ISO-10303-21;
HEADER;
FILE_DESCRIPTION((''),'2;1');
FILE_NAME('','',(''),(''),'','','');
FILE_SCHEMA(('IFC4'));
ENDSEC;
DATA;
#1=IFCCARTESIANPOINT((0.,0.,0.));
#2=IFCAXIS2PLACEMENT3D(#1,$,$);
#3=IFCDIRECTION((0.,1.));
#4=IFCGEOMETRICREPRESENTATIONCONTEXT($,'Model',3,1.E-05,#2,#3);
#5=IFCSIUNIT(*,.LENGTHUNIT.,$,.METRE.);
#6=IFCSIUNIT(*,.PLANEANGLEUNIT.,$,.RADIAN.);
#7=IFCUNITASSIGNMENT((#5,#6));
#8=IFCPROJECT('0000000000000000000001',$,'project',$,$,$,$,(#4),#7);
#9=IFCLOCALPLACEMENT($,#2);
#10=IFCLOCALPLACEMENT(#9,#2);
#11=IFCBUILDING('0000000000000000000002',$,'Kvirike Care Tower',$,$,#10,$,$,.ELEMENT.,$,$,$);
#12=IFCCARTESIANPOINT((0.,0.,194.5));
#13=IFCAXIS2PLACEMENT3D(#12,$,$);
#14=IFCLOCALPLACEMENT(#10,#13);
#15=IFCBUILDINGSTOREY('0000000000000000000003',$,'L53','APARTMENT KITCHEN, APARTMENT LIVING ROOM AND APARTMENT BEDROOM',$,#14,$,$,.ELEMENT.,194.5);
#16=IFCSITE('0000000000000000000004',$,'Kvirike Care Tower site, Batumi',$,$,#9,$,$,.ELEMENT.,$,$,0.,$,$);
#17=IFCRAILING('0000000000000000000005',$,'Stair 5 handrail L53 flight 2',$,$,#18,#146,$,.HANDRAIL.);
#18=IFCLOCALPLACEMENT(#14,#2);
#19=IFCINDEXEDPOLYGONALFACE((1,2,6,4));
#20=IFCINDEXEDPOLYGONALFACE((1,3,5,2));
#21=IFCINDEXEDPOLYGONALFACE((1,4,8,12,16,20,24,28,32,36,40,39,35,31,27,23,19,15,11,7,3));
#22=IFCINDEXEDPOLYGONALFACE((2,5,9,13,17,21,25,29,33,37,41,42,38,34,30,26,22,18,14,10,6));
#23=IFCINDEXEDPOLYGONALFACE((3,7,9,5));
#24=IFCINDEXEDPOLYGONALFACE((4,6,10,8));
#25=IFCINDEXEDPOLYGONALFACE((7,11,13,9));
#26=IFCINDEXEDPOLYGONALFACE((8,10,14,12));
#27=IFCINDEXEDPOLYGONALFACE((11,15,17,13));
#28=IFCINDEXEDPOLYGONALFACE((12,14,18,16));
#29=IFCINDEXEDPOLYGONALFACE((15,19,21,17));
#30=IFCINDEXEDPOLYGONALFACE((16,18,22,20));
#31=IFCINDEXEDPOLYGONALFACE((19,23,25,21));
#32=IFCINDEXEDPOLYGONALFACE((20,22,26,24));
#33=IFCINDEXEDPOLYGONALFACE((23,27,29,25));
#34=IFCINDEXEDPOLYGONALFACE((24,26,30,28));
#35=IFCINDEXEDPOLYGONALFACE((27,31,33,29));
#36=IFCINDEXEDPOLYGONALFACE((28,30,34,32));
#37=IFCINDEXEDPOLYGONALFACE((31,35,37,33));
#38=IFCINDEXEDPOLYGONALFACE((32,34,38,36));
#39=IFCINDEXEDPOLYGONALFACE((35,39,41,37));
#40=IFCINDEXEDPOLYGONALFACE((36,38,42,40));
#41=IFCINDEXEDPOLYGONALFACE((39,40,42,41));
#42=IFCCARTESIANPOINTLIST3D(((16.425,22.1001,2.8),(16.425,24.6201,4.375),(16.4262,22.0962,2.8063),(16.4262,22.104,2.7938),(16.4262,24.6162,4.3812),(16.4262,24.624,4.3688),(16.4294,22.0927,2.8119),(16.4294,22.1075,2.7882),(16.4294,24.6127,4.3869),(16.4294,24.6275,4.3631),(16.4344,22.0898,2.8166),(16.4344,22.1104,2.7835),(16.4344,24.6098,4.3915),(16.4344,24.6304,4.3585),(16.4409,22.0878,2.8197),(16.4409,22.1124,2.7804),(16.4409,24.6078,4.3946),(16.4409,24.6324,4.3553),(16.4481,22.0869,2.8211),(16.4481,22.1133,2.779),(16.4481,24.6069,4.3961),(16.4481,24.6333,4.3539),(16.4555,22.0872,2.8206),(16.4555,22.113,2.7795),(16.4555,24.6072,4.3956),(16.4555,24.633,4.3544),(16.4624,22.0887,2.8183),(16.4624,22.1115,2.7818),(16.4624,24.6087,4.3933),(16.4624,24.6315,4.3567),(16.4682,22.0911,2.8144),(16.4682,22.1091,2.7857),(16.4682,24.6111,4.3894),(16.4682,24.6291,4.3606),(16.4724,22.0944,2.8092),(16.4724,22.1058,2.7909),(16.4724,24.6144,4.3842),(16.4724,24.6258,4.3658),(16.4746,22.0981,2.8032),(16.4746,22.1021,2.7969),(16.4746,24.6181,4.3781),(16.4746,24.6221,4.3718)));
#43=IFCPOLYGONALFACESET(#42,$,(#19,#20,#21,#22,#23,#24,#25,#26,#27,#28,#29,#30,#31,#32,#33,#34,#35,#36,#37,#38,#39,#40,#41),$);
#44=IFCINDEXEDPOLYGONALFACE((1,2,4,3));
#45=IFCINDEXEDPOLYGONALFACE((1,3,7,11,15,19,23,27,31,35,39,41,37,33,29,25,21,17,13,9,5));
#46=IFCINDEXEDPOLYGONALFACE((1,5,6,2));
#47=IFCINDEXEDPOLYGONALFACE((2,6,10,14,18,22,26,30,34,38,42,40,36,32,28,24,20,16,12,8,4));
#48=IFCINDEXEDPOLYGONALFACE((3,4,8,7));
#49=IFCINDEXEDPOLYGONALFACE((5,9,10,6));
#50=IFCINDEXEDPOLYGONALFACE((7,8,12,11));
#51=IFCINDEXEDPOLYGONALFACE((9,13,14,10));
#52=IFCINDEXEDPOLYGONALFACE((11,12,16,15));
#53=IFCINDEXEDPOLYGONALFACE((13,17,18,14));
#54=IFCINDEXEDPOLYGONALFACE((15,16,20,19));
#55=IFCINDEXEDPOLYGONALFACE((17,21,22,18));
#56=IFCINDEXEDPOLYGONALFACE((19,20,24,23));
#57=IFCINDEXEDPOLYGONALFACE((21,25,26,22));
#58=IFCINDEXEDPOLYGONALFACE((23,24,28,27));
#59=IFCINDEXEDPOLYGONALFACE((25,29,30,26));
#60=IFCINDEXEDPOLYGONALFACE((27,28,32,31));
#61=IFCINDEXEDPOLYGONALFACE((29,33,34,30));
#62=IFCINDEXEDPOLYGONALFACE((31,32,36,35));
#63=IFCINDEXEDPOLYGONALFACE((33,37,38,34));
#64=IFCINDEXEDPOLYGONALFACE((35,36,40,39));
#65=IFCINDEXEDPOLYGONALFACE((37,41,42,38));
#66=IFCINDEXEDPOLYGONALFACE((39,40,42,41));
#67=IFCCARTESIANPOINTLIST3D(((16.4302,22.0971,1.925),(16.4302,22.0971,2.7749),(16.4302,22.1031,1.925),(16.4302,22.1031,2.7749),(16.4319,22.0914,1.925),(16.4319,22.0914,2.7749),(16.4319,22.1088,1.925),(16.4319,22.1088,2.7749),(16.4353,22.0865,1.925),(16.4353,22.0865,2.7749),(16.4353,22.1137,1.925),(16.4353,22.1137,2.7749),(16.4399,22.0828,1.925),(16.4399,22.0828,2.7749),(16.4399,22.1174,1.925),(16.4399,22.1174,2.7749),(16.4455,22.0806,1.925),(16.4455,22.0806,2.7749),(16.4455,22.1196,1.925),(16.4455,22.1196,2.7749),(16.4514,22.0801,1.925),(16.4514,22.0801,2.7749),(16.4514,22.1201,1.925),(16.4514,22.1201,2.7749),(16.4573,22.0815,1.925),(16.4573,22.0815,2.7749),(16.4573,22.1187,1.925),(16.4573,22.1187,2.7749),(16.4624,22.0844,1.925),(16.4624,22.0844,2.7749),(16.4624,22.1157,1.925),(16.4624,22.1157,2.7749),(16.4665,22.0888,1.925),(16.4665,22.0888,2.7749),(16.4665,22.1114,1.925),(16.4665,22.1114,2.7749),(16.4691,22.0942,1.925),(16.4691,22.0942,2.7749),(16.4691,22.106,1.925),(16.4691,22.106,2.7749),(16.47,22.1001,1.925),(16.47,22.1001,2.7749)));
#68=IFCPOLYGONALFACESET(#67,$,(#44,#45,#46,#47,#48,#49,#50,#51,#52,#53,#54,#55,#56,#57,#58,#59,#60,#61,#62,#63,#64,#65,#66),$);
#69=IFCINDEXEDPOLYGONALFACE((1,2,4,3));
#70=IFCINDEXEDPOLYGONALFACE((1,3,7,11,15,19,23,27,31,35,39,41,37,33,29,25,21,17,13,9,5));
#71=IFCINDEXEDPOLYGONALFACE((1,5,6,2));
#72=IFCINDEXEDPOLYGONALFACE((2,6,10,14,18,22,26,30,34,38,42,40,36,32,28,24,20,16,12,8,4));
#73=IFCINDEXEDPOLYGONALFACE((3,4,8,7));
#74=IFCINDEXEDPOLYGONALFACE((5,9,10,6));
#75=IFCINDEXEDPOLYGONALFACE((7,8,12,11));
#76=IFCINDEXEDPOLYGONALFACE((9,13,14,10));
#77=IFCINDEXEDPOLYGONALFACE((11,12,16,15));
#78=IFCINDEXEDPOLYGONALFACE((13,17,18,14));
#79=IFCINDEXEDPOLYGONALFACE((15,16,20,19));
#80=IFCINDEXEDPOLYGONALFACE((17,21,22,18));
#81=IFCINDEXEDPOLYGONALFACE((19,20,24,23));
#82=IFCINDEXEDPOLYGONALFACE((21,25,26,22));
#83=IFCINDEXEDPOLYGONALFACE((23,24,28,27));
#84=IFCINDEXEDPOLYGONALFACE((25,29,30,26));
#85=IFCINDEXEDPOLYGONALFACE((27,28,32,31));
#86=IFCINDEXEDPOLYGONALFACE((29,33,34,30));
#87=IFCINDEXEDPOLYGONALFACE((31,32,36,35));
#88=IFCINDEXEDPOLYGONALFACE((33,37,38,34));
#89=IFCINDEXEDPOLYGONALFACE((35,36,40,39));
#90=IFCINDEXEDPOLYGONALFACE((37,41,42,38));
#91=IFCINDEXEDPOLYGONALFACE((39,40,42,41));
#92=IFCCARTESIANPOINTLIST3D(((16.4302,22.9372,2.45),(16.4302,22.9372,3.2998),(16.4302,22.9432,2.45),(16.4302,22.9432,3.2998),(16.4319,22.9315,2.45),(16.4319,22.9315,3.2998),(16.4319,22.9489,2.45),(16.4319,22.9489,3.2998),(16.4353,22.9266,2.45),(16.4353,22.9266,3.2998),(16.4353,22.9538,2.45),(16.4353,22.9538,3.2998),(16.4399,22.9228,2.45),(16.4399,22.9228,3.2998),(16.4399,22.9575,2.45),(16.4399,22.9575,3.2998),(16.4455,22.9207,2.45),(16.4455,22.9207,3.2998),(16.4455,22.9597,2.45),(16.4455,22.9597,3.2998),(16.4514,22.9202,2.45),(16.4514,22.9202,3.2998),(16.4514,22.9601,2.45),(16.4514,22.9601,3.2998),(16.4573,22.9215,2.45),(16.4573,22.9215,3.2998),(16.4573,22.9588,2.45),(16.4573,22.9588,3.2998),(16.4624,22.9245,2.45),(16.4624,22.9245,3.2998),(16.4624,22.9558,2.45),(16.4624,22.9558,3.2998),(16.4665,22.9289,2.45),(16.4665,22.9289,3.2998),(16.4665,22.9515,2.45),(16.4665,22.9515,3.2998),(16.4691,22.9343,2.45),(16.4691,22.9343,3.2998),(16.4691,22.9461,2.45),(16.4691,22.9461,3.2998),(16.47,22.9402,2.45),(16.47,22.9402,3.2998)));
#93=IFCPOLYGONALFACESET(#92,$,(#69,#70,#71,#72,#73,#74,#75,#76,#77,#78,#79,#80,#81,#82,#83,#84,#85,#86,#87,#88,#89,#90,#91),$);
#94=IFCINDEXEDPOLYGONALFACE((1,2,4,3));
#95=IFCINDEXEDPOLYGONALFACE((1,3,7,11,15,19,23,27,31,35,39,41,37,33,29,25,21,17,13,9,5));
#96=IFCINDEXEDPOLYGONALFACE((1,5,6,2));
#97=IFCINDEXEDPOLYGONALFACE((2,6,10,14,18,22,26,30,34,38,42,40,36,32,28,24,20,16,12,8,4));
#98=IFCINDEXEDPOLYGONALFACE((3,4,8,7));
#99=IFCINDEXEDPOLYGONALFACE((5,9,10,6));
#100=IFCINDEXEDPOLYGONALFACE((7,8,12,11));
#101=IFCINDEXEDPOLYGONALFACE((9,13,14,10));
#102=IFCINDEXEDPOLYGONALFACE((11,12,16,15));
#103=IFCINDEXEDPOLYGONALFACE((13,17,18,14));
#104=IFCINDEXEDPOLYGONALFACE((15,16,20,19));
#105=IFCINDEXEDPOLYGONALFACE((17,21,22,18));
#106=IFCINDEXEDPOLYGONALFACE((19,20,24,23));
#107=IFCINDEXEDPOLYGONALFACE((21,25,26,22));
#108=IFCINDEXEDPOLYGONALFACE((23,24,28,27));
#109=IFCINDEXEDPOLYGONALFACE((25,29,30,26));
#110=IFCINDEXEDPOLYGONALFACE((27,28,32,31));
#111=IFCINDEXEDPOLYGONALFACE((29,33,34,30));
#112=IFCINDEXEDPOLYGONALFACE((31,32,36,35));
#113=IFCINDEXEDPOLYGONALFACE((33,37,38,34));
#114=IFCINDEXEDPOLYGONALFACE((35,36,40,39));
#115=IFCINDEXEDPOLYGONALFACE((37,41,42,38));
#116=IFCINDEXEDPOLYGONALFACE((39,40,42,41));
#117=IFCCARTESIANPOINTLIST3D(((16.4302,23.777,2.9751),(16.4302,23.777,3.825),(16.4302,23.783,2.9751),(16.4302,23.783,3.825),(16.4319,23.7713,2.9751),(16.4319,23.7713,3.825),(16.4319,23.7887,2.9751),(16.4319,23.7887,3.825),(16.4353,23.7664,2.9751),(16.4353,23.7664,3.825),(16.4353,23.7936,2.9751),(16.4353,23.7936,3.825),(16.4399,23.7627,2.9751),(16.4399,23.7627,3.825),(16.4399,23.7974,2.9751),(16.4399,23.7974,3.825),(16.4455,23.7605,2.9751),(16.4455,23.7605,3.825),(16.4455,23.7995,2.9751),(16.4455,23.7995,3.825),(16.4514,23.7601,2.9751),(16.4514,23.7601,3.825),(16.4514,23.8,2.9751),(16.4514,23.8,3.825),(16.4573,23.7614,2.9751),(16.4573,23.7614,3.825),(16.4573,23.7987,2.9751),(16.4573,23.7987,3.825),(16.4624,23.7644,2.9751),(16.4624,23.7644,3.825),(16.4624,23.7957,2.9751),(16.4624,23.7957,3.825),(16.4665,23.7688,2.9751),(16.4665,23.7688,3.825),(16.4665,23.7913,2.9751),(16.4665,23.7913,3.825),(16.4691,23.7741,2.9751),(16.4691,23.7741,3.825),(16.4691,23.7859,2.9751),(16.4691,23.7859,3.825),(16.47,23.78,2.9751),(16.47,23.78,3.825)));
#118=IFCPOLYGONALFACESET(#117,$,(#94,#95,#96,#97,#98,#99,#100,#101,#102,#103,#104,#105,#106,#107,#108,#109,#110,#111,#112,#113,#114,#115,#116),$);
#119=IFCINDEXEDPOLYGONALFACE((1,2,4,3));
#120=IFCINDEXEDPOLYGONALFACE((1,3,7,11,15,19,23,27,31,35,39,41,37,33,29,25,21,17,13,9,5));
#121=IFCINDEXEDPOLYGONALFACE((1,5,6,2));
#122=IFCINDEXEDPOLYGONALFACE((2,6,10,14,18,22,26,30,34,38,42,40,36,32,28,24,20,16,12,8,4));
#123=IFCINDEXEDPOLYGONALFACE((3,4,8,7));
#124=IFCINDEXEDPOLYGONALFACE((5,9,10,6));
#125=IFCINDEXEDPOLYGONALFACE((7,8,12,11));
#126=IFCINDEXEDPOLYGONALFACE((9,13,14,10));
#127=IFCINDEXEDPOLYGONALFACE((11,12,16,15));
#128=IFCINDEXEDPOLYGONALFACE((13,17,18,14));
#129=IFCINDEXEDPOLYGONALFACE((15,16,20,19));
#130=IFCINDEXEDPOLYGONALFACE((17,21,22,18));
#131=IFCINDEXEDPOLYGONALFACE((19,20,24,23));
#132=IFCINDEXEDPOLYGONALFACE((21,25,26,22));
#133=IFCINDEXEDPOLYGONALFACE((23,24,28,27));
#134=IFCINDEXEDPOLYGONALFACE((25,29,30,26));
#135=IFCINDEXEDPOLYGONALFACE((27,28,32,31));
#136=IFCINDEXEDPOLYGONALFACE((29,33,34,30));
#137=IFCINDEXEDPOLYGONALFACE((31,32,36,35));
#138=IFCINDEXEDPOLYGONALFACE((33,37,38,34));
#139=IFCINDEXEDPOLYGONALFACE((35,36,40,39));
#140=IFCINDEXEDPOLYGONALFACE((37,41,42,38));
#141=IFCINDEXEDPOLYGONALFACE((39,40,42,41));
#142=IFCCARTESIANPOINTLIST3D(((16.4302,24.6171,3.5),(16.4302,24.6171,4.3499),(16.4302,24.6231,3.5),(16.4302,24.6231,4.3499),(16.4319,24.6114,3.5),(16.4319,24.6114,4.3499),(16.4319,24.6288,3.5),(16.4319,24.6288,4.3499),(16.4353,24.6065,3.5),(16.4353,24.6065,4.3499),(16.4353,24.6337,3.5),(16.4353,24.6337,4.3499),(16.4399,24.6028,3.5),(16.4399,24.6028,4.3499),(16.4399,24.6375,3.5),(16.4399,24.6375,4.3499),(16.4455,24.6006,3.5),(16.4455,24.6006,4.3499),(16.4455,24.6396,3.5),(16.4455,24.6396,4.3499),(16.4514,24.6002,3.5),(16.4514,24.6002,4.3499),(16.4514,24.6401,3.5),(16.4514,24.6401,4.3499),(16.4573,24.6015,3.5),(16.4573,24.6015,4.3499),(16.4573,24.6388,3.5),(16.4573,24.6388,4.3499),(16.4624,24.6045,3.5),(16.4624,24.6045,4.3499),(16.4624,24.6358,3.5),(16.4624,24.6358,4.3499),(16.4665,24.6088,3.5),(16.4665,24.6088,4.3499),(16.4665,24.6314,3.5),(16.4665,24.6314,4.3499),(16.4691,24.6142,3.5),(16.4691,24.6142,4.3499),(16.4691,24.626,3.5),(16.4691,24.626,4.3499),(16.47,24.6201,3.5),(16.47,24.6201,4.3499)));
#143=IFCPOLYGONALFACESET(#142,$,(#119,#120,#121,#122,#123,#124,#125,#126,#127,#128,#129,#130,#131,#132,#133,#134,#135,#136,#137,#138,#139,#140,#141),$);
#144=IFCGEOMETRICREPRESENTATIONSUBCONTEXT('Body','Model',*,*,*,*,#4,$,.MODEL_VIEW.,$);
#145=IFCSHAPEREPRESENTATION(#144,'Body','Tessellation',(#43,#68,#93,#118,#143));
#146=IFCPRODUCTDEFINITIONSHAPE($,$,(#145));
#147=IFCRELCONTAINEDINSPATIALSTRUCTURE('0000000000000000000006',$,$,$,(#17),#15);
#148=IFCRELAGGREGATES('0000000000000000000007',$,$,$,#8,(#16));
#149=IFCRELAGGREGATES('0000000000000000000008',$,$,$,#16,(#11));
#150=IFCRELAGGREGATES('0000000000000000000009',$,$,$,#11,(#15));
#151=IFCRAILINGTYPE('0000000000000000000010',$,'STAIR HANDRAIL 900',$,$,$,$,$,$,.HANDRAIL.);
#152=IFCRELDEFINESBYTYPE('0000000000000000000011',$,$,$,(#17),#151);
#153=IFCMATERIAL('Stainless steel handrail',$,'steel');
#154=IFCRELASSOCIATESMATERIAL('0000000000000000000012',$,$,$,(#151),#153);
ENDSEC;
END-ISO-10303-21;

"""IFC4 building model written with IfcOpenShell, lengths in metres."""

from ifc_helpers import new_model, si_unit, direction, frame, origin, origin_2d, place, context, subcontext, project, spatial, circle, extrude, material, type_object, element, save


model = new_model("IFC4")

# Units and contexts
model_context = context("Model", 3, precision=1e-05, world=origin(), true_north=direction((0.0, 1.0)))
body_context = subcontext(model_context, "Body", "Model", "MODEL_VIEW")
ifc_project = project(units=[si_unit("LENGTHUNIT", "METRE"), si_unit("PLANEANGLEUNIT", "RADIAN")], contexts=[model_context])

# Site, building, storey
site_placement = place(None, origin())
site = spatial("IfcSite", under=ifc_project, at=site_placement, Name="Kvirike Care Tower site, Batumi", CompositionType="ELEMENT", RefElevation=0.0)
building_placement = place(site_placement, origin())
building = spatial("IfcBuilding", under=site, at=building_placement, Name="Kvirike Care Tower", CompositionType="ELEMENT")
storey_placement = place(building_placement, frame((0.0, 0.0, 194.5)))
storey = spatial("IfcBuildingStorey", under=building, at=storey_placement, Name="L53", Description="APARTMENT KITCHEN, APARTMENT LIVING ROOM AND APARTMENT BEDROOM", CompositionType="ELEMENT", Elevation=194.5)

# Railing
ifc_material_1 = material(Name="Stainless steel handrail", Category="steel")
railing_type = type_object("IfcRailingType", Name="STAIR HANDRAIL 900", PredefinedType="HANDRAIL", material=ifc_material_1)
railing_1_placement = place(storey_placement, frame((16.45, 22.1001, 1.925)))
element("IfcRailing", 1, at=railing_1_placement, inside=storey, type_object=railing_type, Name="Stair 5 handrail L53 flight 2", PredefinedType="HANDRAIL", context=body_context, shape_type="SweptSolid", body=[
    extrude(circle(Radius=0.0249, at=origin_2d()), frame((0.0, 0.0, 0.875), z_axis=(0.0, 0.848008, 0.529984), x_axis=(-1.0, 0.0, 0.0)), (0.0, 0.0, 1.0), 2.9717),
    extrude(circle(Radius=0.02, at=origin_2d()), origin(), (0.0, 0.0, 1.0), 0.8499),
    extrude(circle(Radius=0.02, at=origin_2d()), frame((0.0, 0.8401, 0.5249)), (0.0, 0.0, 1.0), 0.8499),
    extrude(circle(Radius=0.02, at=origin_2d()), frame((0.0, 1.6799, 1.05)), (0.0, 0.0, 1.0), 0.8499),
    extrude(circle(Radius=0.02, at=origin_2d()), frame((0.0, 2.52, 1.575)), (0.0, 0.0, 1.0), 0.8499),
])

save(model, "model.ifc")
